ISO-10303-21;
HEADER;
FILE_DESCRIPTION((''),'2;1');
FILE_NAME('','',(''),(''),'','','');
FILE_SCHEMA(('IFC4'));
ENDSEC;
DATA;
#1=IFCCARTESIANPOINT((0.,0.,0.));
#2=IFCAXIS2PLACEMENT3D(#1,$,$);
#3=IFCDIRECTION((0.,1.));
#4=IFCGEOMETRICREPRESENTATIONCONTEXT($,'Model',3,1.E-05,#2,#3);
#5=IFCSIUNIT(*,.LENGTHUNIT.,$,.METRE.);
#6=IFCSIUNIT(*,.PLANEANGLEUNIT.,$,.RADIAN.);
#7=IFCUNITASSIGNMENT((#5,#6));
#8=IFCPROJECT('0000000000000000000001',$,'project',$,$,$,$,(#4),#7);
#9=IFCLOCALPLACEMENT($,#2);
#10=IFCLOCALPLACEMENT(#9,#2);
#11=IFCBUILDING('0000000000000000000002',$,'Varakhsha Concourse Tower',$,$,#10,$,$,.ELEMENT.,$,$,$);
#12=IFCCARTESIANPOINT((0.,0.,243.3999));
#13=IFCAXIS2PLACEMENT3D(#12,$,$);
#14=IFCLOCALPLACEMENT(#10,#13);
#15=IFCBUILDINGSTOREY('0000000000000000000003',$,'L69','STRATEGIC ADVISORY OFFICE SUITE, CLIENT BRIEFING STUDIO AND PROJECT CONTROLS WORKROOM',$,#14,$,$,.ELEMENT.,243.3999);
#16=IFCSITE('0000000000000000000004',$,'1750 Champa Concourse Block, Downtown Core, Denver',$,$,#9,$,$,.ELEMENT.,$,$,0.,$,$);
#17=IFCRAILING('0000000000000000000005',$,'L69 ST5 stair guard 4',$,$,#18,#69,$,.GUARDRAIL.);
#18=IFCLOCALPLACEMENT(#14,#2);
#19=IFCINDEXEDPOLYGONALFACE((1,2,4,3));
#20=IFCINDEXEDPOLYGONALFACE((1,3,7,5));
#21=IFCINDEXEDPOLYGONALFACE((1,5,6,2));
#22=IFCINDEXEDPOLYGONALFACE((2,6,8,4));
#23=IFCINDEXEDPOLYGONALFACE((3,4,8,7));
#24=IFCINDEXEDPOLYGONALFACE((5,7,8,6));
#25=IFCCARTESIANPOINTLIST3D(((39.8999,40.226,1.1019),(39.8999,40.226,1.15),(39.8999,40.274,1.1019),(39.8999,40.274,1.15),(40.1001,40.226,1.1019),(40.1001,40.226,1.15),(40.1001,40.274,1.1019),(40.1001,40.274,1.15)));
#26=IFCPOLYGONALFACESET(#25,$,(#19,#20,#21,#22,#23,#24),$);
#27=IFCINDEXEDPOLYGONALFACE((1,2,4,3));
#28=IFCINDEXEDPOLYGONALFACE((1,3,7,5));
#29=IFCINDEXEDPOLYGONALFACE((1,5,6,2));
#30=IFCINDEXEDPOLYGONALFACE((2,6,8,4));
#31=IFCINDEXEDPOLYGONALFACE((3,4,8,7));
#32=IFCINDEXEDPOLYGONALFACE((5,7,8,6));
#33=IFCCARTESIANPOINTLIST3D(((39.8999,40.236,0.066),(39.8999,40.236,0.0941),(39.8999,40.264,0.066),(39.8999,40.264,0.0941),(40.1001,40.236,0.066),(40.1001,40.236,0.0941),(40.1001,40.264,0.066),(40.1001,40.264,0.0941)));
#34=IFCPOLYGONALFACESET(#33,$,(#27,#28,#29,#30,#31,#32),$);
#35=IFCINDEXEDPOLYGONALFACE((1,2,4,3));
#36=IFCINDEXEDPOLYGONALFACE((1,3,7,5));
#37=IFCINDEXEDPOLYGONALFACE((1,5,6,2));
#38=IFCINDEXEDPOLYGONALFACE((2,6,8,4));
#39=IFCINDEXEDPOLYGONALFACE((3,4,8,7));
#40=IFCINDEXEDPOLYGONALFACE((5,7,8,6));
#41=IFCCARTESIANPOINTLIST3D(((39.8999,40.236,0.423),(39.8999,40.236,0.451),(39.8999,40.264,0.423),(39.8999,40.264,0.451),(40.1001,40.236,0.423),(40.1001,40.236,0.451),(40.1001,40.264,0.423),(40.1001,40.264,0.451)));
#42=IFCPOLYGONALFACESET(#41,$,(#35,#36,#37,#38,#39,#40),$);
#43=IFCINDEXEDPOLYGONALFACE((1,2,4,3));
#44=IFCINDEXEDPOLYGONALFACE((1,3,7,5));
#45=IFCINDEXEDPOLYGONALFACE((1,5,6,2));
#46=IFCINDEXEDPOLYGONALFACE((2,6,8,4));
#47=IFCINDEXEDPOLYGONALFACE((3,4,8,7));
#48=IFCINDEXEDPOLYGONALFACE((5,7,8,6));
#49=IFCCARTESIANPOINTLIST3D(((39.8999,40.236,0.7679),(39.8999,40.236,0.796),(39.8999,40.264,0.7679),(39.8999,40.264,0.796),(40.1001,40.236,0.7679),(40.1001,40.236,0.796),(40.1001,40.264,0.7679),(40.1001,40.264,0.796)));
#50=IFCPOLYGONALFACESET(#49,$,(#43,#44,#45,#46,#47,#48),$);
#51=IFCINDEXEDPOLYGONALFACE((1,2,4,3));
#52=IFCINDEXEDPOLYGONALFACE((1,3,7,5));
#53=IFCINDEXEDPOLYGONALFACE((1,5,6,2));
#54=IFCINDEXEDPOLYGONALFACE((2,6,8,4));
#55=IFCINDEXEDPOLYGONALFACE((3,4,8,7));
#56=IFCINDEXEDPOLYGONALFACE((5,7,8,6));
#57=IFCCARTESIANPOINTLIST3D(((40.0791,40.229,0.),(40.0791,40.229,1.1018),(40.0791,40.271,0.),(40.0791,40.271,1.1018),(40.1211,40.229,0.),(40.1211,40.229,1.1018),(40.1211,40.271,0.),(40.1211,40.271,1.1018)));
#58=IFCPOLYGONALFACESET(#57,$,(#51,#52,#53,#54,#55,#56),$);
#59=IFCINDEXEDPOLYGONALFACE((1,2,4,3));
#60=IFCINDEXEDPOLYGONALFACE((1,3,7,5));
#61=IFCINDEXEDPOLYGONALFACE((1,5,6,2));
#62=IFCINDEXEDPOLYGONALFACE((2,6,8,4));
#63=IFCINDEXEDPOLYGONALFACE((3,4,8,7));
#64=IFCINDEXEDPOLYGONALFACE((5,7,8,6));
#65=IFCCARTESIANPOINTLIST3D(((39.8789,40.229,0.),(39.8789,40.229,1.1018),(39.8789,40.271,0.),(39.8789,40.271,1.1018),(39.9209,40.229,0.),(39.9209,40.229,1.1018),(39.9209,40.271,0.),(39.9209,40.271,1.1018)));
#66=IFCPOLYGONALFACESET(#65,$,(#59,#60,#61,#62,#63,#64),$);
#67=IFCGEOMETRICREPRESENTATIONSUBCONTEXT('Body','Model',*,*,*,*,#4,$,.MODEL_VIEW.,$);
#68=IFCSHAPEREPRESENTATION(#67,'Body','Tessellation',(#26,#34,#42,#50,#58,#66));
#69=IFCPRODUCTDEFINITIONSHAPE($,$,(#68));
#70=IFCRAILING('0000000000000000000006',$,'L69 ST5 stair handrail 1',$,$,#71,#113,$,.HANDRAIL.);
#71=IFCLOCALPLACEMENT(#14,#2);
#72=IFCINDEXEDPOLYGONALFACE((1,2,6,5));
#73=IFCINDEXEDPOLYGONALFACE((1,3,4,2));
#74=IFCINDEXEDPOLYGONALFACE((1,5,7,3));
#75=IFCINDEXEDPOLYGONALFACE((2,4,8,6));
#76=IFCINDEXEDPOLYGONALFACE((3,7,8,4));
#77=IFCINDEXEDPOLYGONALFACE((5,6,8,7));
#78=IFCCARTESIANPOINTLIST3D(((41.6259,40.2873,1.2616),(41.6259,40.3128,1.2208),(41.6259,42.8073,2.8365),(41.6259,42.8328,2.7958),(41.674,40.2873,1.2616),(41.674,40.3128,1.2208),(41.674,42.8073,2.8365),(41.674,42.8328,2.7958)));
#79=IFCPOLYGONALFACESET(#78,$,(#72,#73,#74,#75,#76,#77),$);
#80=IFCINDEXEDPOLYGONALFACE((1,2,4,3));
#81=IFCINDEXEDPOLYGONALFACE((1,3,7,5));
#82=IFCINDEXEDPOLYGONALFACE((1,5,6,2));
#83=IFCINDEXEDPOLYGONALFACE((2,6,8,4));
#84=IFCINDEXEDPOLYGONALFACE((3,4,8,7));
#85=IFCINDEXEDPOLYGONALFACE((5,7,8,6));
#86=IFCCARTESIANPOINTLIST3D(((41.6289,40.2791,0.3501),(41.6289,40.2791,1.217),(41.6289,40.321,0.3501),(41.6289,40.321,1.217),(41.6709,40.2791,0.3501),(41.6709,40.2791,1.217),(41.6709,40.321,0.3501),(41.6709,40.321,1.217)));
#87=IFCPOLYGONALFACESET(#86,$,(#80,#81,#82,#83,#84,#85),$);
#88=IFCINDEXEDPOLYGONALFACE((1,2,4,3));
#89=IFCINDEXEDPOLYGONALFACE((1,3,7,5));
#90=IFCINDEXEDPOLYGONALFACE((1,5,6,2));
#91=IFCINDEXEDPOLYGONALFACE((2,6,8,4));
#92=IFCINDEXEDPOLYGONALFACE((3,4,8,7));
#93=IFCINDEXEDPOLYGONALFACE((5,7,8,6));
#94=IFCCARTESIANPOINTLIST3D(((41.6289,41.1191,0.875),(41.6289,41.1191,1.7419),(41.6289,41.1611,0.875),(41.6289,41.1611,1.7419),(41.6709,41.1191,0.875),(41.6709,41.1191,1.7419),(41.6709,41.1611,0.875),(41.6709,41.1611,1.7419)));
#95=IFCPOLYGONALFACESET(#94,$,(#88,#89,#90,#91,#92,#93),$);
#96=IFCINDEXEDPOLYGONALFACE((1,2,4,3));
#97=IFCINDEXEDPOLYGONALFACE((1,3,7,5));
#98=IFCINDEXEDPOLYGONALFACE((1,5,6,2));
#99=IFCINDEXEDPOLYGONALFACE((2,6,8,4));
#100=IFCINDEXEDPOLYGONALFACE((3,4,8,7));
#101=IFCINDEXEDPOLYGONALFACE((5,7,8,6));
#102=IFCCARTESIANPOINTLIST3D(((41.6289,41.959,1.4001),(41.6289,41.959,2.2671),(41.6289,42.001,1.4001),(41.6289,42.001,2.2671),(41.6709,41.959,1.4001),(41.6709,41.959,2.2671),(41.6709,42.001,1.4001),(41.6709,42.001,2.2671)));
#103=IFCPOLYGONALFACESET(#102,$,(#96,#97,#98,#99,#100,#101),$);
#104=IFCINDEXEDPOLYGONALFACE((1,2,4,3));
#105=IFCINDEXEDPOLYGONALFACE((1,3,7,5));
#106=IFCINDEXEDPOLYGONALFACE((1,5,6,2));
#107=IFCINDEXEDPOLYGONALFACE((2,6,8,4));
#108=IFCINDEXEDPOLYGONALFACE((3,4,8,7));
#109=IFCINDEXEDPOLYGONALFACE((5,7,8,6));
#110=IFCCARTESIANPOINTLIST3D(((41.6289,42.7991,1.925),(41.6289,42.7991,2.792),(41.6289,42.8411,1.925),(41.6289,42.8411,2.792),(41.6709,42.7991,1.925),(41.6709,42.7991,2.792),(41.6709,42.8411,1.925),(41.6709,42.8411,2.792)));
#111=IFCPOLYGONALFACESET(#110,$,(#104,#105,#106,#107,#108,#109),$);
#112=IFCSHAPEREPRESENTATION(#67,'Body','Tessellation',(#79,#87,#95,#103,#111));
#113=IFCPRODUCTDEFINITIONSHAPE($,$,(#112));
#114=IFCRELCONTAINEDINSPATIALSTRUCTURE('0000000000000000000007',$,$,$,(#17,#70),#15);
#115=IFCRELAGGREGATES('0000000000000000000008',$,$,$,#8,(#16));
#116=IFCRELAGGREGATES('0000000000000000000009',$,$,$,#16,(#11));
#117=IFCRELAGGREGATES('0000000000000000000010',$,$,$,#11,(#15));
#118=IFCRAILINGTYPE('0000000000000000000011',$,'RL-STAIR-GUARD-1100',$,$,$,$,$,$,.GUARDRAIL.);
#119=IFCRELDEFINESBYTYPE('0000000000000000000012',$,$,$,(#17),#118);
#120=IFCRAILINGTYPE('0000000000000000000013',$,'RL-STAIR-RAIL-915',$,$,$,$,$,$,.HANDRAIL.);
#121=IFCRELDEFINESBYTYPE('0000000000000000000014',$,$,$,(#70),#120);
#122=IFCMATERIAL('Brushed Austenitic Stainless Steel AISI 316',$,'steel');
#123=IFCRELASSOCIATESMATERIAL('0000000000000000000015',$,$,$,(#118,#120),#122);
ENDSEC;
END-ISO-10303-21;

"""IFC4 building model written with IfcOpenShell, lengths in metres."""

from ifc_helpers import new_model, si_unit, direction, frame, origin, origin_2d, place, context, subcontext, project, spatial, rectangle, extrude, material, type_object, element, save


model = new_model("IFC4")

# Units and contexts
model_context = context("Model", 3, precision=1e-05, world=origin(), true_north=direction((0.0, 1.0)))
body_context = subcontext(model_context, "Body", "Model", "MODEL_VIEW")
ifc_project = project(units=[si_unit("LENGTHUNIT", "METRE"), si_unit("PLANEANGLEUNIT", "RADIAN")], contexts=[model_context])

# Site, building, storey
site_placement = place(None, origin())
site = spatial("IfcSite", under=ifc_project, at=site_placement, Name="1750 Champa Concourse Block, Downtown Core, Denver", CompositionType="ELEMENT", RefElevation=0.0)
building_placement = place(site_placement, origin())
building = spatial("IfcBuilding", under=site, at=building_placement, Name="Varakhsha Concourse Tower", CompositionType="ELEMENT")
storey_placement = place(building_placement, frame((0.0, 0.0, 243.3999)))
storey = spatial("IfcBuildingStorey", under=building, at=storey_placement, Name="L69", Description="STRATEGIC ADVISORY OFFICE SUITE, CLIENT BRIEFING STUDIO AND PROJECT CONTROLS WORKROOM", CompositionType="ELEMENT", Elevation=243.3999)

# Railings
ifc_material_1 = material(Name="Brushed Austenitic Stainless Steel AISI 316", Category="steel")
railing_type_1 = type_object("IfcRailingType", Name="RL-STAIR-GUARD-1100", PredefinedType="GUARDRAIL", material=ifc_material_1)
railing_1_placement = place(storey_placement, frame((40.1001, 40.25, 0.0)))
element("IfcRailing", 1, at=railing_1_placement, inside=storey, type_object=railing_type_1, Name="L69 ST5 stair guard 4", PredefinedType="GUARDRAIL", context=body_context, shape_type="SweptSolid", body=[
    extrude(rectangle(XDim=0.0481, YDim=0.0481, at=origin_2d()), frame((0.0, 0.0, 1.126), z_axis=(-1.0, 0.0, 0.0), x_axis=(0.0, -1.0, 0.0)), (0.0, 0.0, 1.0), 0.2002),
    extrude(rectangle(XDim=0.0281, YDim=0.0281, at=origin_2d()), frame((0.0, 0.0, 0.0801), z_axis=(-1.0, 0.0, 0.0), x_axis=(0.0, -1.0, 0.0)), (0.0, 0.0, 1.0), 0.2002),
    extrude(rectangle(XDim=0.0281, YDim=0.0281, at=origin_2d()), frame((0.0, 0.0, 0.437), z_axis=(-1.0, 0.0, 0.0), x_axis=(0.0, -1.0, 0.0)), (0.0, 0.0, 1.0), 0.2002),
    extrude(rectangle(XDim=0.0281, YDim=0.0281, at=origin_2d()), frame((0.0, 0.0, 0.782), z_axis=(-1.0, 0.0, 0.0), x_axis=(0.0, -1.0, 0.0)), (0.0, 0.0, 1.0), 0.2002),
    extrude(rectangle(XDim=0.042, YDim=0.042, at=origin_2d()), origin(), (0.0, 0.0, 1.0), 1.1018),
    extrude(rectangle(XDim=0.042, YDim=0.042, at=origin_2d()), frame((-0.2002, 0.0, 0.0)), (0.0, 0.0, 1.0), 1.1018),
])
railing_type_2 = type_object("IfcRailingType", Name="RL-STAIR-RAIL-915", PredefinedType="HANDRAIL", material=ifc_material_1)
railing_2_placement = place(storey_placement, frame((41.6499, 40.3, 0.3501)))
element("IfcRailing", 2, at=railing_2_placement, inside=storey, type_object=railing_type_2, Name="L69 ST5 stair handrail 1", PredefinedType="HANDRAIL", context=body_context, shape_type="SweptSolid", body=[
    extrude(rectangle(XDim=0.0481, YDim=0.0481, at=origin_2d()), frame((0.0, 0.0, 0.8911), z_axis=(0.0, 0.848008, 0.529984), x_axis=(-1.0, 0.0, 0.0)), (0.0, 0.0, 1.0), 2.9717),
    extrude(rectangle(XDim=0.042, YDim=0.042, at=origin_2d()), origin(), (0.0, 0.0, 1.0), 0.8669),
    extrude(rectangle(XDim=0.042, YDim=0.042, at=origin_2d()), frame((0.0, 0.8401, 0.5249)), (0.0, 0.0, 1.0), 0.8669),
    extrude(rectangle(XDim=0.042, YDim=0.042, at=origin_2d()), frame((0.0, 1.6799, 1.05)), (0.0, 0.0, 1.0), 0.8669),
    extrude(rectangle(XDim=0.042, YDim=0.042, at=origin_2d()), frame((0.0, 2.52, 1.575)), (0.0, 0.0, 1.0), 0.8669),
])

save(model, "model.ifc")
